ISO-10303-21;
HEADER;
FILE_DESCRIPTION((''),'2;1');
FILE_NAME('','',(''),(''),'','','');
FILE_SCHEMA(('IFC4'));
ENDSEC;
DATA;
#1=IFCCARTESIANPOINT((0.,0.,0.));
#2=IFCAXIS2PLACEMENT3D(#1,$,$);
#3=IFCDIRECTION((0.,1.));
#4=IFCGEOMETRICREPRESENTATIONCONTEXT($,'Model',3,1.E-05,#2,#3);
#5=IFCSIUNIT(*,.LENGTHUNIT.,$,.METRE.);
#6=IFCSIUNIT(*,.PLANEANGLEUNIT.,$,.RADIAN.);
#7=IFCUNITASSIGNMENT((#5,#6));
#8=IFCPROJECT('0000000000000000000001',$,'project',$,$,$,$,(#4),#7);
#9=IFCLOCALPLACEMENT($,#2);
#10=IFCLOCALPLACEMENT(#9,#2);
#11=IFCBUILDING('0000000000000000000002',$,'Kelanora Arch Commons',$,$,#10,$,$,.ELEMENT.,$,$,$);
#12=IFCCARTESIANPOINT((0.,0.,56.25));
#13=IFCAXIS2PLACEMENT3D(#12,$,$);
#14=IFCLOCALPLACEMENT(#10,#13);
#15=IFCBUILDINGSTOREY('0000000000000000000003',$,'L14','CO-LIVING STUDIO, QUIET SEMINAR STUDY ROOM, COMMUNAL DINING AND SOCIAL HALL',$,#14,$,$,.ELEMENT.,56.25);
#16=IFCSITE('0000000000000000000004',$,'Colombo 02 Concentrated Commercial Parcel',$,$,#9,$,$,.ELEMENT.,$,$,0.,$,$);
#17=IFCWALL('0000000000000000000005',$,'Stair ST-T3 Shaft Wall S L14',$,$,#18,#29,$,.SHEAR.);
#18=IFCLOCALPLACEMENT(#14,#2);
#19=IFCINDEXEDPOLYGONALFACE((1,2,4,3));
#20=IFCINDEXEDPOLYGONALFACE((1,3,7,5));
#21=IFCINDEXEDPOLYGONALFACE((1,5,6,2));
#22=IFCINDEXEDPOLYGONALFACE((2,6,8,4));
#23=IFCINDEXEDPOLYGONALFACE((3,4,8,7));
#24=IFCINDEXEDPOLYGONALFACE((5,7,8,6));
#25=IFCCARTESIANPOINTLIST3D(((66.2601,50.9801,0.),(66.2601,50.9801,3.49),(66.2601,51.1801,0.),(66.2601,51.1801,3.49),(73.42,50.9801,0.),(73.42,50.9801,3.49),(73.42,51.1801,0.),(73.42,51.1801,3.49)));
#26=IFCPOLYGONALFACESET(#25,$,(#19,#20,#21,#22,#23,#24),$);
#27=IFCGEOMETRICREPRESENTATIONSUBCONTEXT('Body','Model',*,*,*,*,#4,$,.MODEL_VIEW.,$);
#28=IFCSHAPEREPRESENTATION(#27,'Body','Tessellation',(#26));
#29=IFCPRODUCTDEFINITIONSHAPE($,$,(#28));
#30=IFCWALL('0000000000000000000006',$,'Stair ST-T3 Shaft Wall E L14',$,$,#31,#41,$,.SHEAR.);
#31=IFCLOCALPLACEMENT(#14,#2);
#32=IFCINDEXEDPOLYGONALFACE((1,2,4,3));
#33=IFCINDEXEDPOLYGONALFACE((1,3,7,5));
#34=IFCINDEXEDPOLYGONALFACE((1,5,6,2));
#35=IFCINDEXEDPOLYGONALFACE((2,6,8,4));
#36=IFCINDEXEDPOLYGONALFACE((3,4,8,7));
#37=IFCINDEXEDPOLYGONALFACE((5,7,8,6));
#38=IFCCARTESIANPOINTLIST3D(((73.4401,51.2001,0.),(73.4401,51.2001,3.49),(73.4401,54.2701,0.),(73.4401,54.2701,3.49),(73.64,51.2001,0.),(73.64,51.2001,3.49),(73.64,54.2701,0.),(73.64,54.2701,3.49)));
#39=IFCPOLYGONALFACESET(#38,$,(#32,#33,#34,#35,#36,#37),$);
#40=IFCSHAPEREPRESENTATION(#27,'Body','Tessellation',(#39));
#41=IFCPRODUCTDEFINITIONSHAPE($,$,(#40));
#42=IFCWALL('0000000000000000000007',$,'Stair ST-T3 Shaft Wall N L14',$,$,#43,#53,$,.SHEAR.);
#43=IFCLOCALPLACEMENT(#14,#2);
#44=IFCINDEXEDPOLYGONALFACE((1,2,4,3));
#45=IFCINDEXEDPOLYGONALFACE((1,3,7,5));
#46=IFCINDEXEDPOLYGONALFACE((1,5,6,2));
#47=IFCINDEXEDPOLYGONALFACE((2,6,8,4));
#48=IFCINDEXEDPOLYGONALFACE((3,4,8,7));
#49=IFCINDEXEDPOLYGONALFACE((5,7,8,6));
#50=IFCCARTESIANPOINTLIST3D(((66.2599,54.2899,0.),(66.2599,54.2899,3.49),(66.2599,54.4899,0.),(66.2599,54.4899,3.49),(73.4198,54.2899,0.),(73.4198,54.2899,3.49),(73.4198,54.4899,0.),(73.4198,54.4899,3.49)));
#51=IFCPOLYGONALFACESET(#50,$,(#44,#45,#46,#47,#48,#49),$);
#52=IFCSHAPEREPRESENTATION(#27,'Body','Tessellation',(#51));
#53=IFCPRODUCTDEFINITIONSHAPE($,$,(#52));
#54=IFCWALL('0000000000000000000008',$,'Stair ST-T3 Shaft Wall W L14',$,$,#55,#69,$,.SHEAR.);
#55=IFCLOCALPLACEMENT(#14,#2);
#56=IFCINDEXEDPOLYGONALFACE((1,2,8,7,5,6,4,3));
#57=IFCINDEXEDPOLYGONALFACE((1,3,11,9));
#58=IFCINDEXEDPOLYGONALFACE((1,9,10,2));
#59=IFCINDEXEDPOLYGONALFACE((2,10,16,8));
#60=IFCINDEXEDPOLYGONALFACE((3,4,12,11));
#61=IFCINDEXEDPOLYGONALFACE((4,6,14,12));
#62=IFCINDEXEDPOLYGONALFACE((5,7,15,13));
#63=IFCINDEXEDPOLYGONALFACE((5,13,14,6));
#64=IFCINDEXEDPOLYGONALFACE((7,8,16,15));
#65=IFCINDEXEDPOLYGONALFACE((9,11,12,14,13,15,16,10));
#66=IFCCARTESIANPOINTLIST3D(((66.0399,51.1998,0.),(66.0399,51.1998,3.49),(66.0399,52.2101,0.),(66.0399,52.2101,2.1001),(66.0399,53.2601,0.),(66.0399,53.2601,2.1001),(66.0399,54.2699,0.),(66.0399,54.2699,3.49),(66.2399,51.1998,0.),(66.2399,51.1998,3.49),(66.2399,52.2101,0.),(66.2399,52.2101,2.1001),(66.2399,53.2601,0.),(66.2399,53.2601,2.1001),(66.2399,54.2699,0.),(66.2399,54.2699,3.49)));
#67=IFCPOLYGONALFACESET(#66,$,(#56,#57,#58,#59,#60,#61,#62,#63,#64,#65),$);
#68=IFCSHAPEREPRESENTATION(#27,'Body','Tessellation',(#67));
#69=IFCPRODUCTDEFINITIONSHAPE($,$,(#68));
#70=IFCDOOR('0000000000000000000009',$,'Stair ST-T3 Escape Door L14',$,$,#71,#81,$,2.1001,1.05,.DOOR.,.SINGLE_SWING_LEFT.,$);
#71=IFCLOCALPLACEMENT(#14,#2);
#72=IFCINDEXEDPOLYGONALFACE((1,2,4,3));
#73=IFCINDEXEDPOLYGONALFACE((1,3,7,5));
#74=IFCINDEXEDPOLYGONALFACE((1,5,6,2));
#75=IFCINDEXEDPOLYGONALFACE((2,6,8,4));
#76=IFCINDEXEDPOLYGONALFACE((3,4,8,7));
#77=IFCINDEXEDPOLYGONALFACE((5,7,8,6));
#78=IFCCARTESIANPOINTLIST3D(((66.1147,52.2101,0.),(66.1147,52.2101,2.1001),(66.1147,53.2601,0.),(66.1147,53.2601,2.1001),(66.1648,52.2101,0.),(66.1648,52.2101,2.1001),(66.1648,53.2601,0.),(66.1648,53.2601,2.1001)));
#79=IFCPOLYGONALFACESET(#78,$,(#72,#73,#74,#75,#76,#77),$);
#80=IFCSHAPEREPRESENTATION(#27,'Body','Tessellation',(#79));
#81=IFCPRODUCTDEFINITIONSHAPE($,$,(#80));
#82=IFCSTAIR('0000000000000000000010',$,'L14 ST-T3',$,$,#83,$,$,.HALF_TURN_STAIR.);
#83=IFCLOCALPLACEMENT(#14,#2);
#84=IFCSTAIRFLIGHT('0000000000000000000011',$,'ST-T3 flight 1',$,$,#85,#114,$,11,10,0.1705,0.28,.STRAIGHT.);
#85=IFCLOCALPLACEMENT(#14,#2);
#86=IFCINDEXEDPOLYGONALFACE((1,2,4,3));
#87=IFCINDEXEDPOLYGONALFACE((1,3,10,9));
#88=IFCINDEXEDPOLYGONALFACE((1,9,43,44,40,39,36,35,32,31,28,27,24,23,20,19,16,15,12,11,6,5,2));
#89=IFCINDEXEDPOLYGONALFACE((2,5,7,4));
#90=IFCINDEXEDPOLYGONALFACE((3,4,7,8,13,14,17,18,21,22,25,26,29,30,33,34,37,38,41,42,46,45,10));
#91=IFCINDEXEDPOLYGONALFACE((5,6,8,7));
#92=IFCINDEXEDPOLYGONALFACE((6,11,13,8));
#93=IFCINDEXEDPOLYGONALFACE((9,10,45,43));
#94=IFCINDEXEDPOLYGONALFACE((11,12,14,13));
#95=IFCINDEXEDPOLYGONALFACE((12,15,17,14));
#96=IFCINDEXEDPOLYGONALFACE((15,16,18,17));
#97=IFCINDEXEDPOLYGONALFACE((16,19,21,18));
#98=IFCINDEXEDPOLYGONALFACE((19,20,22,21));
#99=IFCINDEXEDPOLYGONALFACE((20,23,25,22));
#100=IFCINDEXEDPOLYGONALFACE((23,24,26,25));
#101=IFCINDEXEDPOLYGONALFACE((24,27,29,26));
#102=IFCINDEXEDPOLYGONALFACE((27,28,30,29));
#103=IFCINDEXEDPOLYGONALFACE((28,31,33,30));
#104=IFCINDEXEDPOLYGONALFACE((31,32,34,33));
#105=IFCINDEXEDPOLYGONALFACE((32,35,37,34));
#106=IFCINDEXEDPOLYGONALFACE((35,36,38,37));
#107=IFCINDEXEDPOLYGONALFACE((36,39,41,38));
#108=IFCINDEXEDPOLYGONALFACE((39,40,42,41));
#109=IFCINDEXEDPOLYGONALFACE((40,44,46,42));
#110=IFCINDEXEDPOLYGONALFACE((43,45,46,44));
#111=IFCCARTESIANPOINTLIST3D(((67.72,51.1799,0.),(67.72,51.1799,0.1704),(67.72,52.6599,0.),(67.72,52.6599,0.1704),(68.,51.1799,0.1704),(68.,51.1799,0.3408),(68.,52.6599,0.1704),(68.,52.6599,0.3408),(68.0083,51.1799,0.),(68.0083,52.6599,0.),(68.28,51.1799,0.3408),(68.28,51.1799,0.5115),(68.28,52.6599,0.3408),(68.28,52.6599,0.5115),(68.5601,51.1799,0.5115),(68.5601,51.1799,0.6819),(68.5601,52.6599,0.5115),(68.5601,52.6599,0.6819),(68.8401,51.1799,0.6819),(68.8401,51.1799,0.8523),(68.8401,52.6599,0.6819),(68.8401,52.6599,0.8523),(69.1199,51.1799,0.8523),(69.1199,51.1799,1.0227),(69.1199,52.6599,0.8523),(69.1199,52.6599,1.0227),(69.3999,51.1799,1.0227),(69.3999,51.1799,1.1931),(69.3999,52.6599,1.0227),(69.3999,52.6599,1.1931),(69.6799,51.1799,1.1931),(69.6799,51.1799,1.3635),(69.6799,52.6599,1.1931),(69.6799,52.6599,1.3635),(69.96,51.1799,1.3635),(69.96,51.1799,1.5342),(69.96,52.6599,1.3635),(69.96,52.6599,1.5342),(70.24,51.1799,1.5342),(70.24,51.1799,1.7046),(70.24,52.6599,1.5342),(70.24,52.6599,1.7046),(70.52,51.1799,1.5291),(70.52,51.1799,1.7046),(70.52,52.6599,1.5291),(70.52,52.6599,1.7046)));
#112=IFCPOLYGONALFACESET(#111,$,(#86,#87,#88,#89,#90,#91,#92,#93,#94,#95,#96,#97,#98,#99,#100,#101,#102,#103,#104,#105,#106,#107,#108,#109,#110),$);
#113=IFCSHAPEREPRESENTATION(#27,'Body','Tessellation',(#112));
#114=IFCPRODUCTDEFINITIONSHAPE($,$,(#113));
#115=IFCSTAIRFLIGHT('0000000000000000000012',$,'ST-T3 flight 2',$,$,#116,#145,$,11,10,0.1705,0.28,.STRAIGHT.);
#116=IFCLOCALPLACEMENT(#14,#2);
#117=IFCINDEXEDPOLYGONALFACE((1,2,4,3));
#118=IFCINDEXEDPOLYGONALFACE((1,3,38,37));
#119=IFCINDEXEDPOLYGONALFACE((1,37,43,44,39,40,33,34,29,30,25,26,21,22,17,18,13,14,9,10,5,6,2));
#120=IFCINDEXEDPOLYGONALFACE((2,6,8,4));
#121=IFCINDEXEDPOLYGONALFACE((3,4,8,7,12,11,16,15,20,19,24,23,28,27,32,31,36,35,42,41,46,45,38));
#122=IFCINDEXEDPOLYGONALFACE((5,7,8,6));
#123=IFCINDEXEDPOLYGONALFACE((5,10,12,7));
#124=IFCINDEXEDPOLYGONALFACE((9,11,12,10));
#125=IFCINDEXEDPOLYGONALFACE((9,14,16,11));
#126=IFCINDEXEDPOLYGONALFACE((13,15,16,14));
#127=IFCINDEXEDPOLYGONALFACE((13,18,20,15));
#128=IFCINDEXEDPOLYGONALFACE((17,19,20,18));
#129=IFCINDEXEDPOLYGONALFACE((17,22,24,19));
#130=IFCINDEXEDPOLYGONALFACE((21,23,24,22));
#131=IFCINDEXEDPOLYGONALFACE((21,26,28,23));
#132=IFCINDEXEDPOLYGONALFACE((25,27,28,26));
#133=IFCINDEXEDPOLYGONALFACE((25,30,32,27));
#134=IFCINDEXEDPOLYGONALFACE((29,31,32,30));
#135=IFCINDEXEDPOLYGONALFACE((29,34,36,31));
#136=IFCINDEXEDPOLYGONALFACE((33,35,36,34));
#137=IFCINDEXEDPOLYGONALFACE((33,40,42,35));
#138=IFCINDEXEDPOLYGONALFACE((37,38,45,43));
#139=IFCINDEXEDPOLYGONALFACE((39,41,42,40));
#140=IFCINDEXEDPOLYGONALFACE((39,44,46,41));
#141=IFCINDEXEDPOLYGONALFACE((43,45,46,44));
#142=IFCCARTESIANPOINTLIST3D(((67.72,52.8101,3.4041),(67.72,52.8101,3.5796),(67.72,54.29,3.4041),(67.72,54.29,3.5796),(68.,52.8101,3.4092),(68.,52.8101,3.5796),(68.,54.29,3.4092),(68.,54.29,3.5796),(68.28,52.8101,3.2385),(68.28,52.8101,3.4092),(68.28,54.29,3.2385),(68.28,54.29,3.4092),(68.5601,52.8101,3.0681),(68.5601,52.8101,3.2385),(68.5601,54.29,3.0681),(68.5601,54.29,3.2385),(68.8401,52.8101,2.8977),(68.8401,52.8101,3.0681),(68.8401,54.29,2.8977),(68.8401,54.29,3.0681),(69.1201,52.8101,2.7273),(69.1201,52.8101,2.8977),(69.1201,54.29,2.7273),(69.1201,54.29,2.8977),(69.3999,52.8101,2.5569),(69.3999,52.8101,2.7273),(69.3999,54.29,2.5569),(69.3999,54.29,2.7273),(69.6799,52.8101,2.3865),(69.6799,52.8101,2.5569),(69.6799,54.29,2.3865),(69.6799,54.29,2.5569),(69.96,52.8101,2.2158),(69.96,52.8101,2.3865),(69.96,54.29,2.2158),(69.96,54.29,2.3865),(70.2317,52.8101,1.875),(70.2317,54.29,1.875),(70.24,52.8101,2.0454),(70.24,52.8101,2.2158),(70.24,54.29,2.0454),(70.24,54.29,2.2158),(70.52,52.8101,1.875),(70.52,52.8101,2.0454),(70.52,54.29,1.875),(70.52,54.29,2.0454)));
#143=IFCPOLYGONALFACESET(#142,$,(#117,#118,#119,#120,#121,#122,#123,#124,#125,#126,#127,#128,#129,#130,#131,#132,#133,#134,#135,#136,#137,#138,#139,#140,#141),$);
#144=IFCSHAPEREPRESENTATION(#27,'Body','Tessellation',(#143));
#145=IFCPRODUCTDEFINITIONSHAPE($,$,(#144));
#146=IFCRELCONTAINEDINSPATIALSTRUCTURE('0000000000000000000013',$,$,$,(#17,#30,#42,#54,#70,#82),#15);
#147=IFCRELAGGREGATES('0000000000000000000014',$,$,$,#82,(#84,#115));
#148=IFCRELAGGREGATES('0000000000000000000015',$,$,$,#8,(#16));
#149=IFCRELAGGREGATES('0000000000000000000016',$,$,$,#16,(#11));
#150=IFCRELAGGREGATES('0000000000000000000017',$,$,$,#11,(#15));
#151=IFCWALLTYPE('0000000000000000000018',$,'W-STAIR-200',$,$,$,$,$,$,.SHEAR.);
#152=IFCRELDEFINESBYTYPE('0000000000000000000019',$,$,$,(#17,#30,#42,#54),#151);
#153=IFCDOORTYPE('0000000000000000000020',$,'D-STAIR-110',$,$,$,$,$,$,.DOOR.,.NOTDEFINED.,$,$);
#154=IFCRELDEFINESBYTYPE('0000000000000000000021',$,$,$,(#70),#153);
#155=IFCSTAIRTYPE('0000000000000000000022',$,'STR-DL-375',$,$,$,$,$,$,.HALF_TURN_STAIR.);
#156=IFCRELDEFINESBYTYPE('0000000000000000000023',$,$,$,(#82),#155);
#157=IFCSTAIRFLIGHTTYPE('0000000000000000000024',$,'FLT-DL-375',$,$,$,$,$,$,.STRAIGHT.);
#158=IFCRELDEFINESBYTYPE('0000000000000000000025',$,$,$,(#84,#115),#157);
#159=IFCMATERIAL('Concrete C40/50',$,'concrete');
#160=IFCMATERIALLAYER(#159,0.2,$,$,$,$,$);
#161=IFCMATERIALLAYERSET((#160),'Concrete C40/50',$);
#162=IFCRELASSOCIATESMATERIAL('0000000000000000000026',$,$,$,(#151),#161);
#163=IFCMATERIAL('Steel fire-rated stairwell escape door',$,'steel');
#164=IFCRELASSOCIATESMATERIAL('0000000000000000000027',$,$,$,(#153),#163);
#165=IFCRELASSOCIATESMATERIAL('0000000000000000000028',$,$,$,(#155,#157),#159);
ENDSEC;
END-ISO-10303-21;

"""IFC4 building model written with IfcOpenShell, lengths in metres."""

from ifc_helpers import new_model, si_unit, direction, frame, frame_2d, origin, place, context, subcontext, project, spatial, polyline, rectangle, outline, extrude, material, layer, layer_set, type_object, element, fill, aggregate, save


model = new_model("IFC4")

# Units and contexts
model_context = context("Model", 3, precision=1e-05, world=origin(), true_north=direction((0.0, 1.0)))
body_context = subcontext(model_context, "Body", "Model", "MODEL_VIEW")
ifc_project = project(units=[si_unit("LENGTHUNIT", "METRE"), si_unit("PLANEANGLEUNIT", "RADIAN")], contexts=[model_context])

# Site, building, storey
site_placement = place(None, origin())
site = spatial("IfcSite", under=ifc_project, at=site_placement, Name="Colombo 02 Concentrated Commercial Parcel", CompositionType="ELEMENT", RefElevation=0.0)
building_placement = place(site_placement, origin())
building = spatial("IfcBuilding", under=site, at=building_placement, Name="Kelanora Arch Commons", CompositionType="ELEMENT")
storey_placement = place(building_placement, frame((0.0, 0.0, 56.25)))
storey = spatial("IfcBuildingStorey", under=building, at=storey_placement, Name="L14", Description="CO-LIVING STUDIO, QUIET SEMINAR STUDY ROOM, COMMUNAL DINING AND SOCIAL HALL", CompositionType="ELEMENT", Elevation=56.25)

# Shared definitions
ifc_material_1 = material(Name="Concrete C40/50", Category="concrete")

# Shared definitions
ifc_layer_1 = layer(ifc_material_1, 0.2)
ifc_layer_set_1 = layer_set([ifc_layer_1], Name="Concrete C40/50")
wall_type_1 = type_object("IfcWallType", Name="W-STAIR-200", PredefinedType="SHEAR", material=ifc_layer_set_1)
ifc_material_2 = material(Name="Steel fire-rated stairwell escape door", Category="steel")
door_type_1 = type_object("IfcDoorType", Name="D-STAIR-110", OperationType="NOTDEFINED", PredefinedType="DOOR", material=ifc_material_2)

# Walls
wall_1_placement = place(storey_placement, frame((66.26, 51.0801, 0.0), z_axis=(0.0, 0.0, 1.0), x_axis=(1.0, 0.0, 0.0)))
element("IfcWall", 1, at=wall_1_placement, inside=storey, type_object=wall_type_1, Name="Stair ST-T3 Shaft Wall S L14", PredefinedType="SHEAR", context=body_context, shape_type="SweptSolid", body=[
    extrude(rectangle(XDim=7.1599, YDim=0.2, at=frame_2d((3.5801, 0.0))), origin(), (0.0, 0.0, 1.0), 3.49),
])
wall_2_placement = place(storey_placement, frame((73.54, 51.2, 0.0), z_axis=(0.0, 0.0, 1.0), x_axis=(0.0, 1.0, 0.0)))
element("IfcWall", 2, at=wall_2_placement, inside=storey, type_object=wall_type_1, Name="Stair ST-T3 Shaft Wall E L14", PredefinedType="SHEAR", context=body_context, shape_type="SweptSolid", body=[
    extrude(rectangle(XDim=3.0701, YDim=0.2, at=frame_2d((1.5352, 0.0))), origin(), (0.0, 0.0, 1.0), 3.49),
])
wall_3_placement = place(storey_placement, frame((73.4199, 54.3899, 0.0), z_axis=(0.0, 0.0, 1.0), x_axis=(-1.0, 0.0, 0.0)))
element("IfcWall", 3, at=wall_3_placement, inside=storey, type_object=wall_type_1, Name="Stair ST-T3 Shaft Wall N L14", PredefinedType="SHEAR", context=body_context, shape_type="SweptSolid", body=[
    extrude(rectangle(XDim=7.1599, YDim=0.2, at=frame_2d((3.5801, 0.0))), origin(), (0.0, 0.0, 1.0), 3.49),
])

# Wall, opening, door
wall_4_placement = place(storey_placement, frame((66.1399, 54.27, 0.0), z_axis=(0.0, 0.0, 1.0), x_axis=(0.0, -1.0, 0.0)))
wall_4 = element("IfcWall", 4, at=wall_4_placement, inside=storey, type_object=wall_type_1, Name="Stair ST-T3 Shaft Wall W L14", PredefinedType="SHEAR", context=body_context, shape_type="SweptSolid", body=[
    extrude(rectangle(XDim=3.0701, YDim=0.2, at=frame_2d((1.5352, 0.0))), origin(), (0.0, 0.0, 1.0), 3.49),
])
opening_1_placement = place(wall_4_placement, frame((1.01, 0.0, 0.0)))
opening_1 = element("IfcOpeningElement", 5, at=opening_1_placement, cuts=wall_4, PredefinedType="OPENING", context=body_context, shape_type="SweptSolid", body=[
    extrude(rectangle(XDim=1.05, YDim=2.1001, at=frame_2d((0.5249, 1.05))), frame((0.0, 0.1099, 0.0), z_axis=(0.0, -1.0, 0.0), x_axis=(1.0, 0.0, 0.0)), (0.0, 0.0, 1.0), 0.22),
])
door_1_placement = place(opening_1_placement, origin())
door_1 = element("IfcDoor", 6, at=door_1_placement, inside=storey, type_object=door_type_1, Name="Stair ST-T3 Escape Door L14", OperationType="SINGLE_SWING_LEFT", OverallHeight=2.1001, OverallWidth=1.05, PredefinedType="DOOR", context=body_context, shape_type="SweptSolid", body=[
    extrude(rectangle(XDim=1.05, YDim=2.1001, at=frame_2d((0.5249, 1.05))), frame((0.0, 0.0249, 0.0), z_axis=(0.0, -1.0, 0.0), x_axis=(1.0, 0.0, 0.0)), (0.0, 0.0, 1.0), 0.05),
])
fill(opening_1, door_1)

# Stair, stair flights
stair_type = type_object("IfcStairType", Name="STR-DL-375", PredefinedType="HALF_TURN_STAIR", material=ifc_material_1)
stair_placement = place(storey_placement, origin())
stair = element("IfcStair", 7, at=stair_placement, inside=storey, type_object=stair_type, Name="L14 ST-T3", PredefinedType="HALF_TURN_STAIR")
stair_flight_type = type_object("IfcStairFlightType", Name="FLT-DL-375", PredefinedType="STRAIGHT", material=ifc_material_1)
stair_flight_1_placement = place(storey_placement, frame((67.72, 51.9199, 0.0), z_axis=(0.0, 0.0, 1.0), x_axis=(1.0, 0.0, 0.0)))
stair_flight_1 = element("IfcStairFlight", 8, at=stair_flight_1_placement, type_object=stair_flight_type, Name="ST-T3 flight 1", NumberOfRisers=11, NumberOfTreads=10, PredefinedType="STRAIGHT", RiserHeight=0.1705, TreadLength=0.28, context=body_context, shape_type="SweptSolid", body=[
    extrude(outline(polyline([(0.0, 0.0), (0.0, 0.1704), (0.28, 0.1704), (0.28, 0.3408), (0.5601, 0.3408), (0.5601, 0.5115), (0.8401, 0.5115), (0.8401, 0.6819), (1.1201, 0.6819), (1.1201, 0.8523), (1.3999, 0.8523), (1.3999, 1.0227), (1.6799, 1.0227), (1.6799, 1.1931), (1.96, 1.1931), (1.96, 1.3635), (2.24, 1.3635), (2.24, 1.5342), (2.52, 1.5342), (2.52, 1.7046), (2.8, 1.7046), (2.8, 1.875), (2.8, 1.5291), (0.2883, 0.0), (0.0, 0.0)])), frame((0.0, 0.74, 0.0), z_axis=(0.0, -1.0, 0.0), x_axis=(1.0, 0.0, 0.0)), (0.0, 0.0, 1.0), 1.48),
])
stair_flight_2_placement = place(storey_placement, frame((70.52, 53.55, 1.875), z_axis=(0.0, 0.0, 1.0), x_axis=(-1.0, 0.0, 0.0)))
stair_flight_2 = element("IfcStairFlight", 9, at=stair_flight_2_placement, type_object=stair_flight_type, Name="ST-T3 flight 2", NumberOfRisers=11, NumberOfTreads=10, PredefinedType="STRAIGHT", RiserHeight=0.1705, TreadLength=0.28, context=body_context, shape_type="SweptSolid", body=[
    extrude(outline(polyline([(0.0, 0.0), (0.0, 0.1704), (0.28, 0.1704), (0.28, 0.3408), (0.5601, 0.3408), (0.5601, 0.5115), (0.8401, 0.5115), (0.8401, 0.6819), (1.1201, 0.6819), (1.1201, 0.8523), (1.3999, 0.8523), (1.3999, 1.0227), (1.6799, 1.0227), (1.6799, 1.1931), (1.96, 1.1931), (1.96, 1.3635), (2.24, 1.3635), (2.24, 1.5342), (2.52, 1.5342), (2.52, 1.7046), (2.8, 1.7046), (2.8, 1.875), (2.8, 1.5291), (0.2883, 0.0), (0.0, 0.0)])), frame((0.0, 0.74, 0.0), z_axis=(0.0, -1.0, 0.0), x_axis=(1.0, 0.0, 0.0)), (0.0, 0.0, 1.0), 1.48),
])
aggregate(stair, [stair_flight_1, stair_flight_2])

save(model, "model.ifc")
